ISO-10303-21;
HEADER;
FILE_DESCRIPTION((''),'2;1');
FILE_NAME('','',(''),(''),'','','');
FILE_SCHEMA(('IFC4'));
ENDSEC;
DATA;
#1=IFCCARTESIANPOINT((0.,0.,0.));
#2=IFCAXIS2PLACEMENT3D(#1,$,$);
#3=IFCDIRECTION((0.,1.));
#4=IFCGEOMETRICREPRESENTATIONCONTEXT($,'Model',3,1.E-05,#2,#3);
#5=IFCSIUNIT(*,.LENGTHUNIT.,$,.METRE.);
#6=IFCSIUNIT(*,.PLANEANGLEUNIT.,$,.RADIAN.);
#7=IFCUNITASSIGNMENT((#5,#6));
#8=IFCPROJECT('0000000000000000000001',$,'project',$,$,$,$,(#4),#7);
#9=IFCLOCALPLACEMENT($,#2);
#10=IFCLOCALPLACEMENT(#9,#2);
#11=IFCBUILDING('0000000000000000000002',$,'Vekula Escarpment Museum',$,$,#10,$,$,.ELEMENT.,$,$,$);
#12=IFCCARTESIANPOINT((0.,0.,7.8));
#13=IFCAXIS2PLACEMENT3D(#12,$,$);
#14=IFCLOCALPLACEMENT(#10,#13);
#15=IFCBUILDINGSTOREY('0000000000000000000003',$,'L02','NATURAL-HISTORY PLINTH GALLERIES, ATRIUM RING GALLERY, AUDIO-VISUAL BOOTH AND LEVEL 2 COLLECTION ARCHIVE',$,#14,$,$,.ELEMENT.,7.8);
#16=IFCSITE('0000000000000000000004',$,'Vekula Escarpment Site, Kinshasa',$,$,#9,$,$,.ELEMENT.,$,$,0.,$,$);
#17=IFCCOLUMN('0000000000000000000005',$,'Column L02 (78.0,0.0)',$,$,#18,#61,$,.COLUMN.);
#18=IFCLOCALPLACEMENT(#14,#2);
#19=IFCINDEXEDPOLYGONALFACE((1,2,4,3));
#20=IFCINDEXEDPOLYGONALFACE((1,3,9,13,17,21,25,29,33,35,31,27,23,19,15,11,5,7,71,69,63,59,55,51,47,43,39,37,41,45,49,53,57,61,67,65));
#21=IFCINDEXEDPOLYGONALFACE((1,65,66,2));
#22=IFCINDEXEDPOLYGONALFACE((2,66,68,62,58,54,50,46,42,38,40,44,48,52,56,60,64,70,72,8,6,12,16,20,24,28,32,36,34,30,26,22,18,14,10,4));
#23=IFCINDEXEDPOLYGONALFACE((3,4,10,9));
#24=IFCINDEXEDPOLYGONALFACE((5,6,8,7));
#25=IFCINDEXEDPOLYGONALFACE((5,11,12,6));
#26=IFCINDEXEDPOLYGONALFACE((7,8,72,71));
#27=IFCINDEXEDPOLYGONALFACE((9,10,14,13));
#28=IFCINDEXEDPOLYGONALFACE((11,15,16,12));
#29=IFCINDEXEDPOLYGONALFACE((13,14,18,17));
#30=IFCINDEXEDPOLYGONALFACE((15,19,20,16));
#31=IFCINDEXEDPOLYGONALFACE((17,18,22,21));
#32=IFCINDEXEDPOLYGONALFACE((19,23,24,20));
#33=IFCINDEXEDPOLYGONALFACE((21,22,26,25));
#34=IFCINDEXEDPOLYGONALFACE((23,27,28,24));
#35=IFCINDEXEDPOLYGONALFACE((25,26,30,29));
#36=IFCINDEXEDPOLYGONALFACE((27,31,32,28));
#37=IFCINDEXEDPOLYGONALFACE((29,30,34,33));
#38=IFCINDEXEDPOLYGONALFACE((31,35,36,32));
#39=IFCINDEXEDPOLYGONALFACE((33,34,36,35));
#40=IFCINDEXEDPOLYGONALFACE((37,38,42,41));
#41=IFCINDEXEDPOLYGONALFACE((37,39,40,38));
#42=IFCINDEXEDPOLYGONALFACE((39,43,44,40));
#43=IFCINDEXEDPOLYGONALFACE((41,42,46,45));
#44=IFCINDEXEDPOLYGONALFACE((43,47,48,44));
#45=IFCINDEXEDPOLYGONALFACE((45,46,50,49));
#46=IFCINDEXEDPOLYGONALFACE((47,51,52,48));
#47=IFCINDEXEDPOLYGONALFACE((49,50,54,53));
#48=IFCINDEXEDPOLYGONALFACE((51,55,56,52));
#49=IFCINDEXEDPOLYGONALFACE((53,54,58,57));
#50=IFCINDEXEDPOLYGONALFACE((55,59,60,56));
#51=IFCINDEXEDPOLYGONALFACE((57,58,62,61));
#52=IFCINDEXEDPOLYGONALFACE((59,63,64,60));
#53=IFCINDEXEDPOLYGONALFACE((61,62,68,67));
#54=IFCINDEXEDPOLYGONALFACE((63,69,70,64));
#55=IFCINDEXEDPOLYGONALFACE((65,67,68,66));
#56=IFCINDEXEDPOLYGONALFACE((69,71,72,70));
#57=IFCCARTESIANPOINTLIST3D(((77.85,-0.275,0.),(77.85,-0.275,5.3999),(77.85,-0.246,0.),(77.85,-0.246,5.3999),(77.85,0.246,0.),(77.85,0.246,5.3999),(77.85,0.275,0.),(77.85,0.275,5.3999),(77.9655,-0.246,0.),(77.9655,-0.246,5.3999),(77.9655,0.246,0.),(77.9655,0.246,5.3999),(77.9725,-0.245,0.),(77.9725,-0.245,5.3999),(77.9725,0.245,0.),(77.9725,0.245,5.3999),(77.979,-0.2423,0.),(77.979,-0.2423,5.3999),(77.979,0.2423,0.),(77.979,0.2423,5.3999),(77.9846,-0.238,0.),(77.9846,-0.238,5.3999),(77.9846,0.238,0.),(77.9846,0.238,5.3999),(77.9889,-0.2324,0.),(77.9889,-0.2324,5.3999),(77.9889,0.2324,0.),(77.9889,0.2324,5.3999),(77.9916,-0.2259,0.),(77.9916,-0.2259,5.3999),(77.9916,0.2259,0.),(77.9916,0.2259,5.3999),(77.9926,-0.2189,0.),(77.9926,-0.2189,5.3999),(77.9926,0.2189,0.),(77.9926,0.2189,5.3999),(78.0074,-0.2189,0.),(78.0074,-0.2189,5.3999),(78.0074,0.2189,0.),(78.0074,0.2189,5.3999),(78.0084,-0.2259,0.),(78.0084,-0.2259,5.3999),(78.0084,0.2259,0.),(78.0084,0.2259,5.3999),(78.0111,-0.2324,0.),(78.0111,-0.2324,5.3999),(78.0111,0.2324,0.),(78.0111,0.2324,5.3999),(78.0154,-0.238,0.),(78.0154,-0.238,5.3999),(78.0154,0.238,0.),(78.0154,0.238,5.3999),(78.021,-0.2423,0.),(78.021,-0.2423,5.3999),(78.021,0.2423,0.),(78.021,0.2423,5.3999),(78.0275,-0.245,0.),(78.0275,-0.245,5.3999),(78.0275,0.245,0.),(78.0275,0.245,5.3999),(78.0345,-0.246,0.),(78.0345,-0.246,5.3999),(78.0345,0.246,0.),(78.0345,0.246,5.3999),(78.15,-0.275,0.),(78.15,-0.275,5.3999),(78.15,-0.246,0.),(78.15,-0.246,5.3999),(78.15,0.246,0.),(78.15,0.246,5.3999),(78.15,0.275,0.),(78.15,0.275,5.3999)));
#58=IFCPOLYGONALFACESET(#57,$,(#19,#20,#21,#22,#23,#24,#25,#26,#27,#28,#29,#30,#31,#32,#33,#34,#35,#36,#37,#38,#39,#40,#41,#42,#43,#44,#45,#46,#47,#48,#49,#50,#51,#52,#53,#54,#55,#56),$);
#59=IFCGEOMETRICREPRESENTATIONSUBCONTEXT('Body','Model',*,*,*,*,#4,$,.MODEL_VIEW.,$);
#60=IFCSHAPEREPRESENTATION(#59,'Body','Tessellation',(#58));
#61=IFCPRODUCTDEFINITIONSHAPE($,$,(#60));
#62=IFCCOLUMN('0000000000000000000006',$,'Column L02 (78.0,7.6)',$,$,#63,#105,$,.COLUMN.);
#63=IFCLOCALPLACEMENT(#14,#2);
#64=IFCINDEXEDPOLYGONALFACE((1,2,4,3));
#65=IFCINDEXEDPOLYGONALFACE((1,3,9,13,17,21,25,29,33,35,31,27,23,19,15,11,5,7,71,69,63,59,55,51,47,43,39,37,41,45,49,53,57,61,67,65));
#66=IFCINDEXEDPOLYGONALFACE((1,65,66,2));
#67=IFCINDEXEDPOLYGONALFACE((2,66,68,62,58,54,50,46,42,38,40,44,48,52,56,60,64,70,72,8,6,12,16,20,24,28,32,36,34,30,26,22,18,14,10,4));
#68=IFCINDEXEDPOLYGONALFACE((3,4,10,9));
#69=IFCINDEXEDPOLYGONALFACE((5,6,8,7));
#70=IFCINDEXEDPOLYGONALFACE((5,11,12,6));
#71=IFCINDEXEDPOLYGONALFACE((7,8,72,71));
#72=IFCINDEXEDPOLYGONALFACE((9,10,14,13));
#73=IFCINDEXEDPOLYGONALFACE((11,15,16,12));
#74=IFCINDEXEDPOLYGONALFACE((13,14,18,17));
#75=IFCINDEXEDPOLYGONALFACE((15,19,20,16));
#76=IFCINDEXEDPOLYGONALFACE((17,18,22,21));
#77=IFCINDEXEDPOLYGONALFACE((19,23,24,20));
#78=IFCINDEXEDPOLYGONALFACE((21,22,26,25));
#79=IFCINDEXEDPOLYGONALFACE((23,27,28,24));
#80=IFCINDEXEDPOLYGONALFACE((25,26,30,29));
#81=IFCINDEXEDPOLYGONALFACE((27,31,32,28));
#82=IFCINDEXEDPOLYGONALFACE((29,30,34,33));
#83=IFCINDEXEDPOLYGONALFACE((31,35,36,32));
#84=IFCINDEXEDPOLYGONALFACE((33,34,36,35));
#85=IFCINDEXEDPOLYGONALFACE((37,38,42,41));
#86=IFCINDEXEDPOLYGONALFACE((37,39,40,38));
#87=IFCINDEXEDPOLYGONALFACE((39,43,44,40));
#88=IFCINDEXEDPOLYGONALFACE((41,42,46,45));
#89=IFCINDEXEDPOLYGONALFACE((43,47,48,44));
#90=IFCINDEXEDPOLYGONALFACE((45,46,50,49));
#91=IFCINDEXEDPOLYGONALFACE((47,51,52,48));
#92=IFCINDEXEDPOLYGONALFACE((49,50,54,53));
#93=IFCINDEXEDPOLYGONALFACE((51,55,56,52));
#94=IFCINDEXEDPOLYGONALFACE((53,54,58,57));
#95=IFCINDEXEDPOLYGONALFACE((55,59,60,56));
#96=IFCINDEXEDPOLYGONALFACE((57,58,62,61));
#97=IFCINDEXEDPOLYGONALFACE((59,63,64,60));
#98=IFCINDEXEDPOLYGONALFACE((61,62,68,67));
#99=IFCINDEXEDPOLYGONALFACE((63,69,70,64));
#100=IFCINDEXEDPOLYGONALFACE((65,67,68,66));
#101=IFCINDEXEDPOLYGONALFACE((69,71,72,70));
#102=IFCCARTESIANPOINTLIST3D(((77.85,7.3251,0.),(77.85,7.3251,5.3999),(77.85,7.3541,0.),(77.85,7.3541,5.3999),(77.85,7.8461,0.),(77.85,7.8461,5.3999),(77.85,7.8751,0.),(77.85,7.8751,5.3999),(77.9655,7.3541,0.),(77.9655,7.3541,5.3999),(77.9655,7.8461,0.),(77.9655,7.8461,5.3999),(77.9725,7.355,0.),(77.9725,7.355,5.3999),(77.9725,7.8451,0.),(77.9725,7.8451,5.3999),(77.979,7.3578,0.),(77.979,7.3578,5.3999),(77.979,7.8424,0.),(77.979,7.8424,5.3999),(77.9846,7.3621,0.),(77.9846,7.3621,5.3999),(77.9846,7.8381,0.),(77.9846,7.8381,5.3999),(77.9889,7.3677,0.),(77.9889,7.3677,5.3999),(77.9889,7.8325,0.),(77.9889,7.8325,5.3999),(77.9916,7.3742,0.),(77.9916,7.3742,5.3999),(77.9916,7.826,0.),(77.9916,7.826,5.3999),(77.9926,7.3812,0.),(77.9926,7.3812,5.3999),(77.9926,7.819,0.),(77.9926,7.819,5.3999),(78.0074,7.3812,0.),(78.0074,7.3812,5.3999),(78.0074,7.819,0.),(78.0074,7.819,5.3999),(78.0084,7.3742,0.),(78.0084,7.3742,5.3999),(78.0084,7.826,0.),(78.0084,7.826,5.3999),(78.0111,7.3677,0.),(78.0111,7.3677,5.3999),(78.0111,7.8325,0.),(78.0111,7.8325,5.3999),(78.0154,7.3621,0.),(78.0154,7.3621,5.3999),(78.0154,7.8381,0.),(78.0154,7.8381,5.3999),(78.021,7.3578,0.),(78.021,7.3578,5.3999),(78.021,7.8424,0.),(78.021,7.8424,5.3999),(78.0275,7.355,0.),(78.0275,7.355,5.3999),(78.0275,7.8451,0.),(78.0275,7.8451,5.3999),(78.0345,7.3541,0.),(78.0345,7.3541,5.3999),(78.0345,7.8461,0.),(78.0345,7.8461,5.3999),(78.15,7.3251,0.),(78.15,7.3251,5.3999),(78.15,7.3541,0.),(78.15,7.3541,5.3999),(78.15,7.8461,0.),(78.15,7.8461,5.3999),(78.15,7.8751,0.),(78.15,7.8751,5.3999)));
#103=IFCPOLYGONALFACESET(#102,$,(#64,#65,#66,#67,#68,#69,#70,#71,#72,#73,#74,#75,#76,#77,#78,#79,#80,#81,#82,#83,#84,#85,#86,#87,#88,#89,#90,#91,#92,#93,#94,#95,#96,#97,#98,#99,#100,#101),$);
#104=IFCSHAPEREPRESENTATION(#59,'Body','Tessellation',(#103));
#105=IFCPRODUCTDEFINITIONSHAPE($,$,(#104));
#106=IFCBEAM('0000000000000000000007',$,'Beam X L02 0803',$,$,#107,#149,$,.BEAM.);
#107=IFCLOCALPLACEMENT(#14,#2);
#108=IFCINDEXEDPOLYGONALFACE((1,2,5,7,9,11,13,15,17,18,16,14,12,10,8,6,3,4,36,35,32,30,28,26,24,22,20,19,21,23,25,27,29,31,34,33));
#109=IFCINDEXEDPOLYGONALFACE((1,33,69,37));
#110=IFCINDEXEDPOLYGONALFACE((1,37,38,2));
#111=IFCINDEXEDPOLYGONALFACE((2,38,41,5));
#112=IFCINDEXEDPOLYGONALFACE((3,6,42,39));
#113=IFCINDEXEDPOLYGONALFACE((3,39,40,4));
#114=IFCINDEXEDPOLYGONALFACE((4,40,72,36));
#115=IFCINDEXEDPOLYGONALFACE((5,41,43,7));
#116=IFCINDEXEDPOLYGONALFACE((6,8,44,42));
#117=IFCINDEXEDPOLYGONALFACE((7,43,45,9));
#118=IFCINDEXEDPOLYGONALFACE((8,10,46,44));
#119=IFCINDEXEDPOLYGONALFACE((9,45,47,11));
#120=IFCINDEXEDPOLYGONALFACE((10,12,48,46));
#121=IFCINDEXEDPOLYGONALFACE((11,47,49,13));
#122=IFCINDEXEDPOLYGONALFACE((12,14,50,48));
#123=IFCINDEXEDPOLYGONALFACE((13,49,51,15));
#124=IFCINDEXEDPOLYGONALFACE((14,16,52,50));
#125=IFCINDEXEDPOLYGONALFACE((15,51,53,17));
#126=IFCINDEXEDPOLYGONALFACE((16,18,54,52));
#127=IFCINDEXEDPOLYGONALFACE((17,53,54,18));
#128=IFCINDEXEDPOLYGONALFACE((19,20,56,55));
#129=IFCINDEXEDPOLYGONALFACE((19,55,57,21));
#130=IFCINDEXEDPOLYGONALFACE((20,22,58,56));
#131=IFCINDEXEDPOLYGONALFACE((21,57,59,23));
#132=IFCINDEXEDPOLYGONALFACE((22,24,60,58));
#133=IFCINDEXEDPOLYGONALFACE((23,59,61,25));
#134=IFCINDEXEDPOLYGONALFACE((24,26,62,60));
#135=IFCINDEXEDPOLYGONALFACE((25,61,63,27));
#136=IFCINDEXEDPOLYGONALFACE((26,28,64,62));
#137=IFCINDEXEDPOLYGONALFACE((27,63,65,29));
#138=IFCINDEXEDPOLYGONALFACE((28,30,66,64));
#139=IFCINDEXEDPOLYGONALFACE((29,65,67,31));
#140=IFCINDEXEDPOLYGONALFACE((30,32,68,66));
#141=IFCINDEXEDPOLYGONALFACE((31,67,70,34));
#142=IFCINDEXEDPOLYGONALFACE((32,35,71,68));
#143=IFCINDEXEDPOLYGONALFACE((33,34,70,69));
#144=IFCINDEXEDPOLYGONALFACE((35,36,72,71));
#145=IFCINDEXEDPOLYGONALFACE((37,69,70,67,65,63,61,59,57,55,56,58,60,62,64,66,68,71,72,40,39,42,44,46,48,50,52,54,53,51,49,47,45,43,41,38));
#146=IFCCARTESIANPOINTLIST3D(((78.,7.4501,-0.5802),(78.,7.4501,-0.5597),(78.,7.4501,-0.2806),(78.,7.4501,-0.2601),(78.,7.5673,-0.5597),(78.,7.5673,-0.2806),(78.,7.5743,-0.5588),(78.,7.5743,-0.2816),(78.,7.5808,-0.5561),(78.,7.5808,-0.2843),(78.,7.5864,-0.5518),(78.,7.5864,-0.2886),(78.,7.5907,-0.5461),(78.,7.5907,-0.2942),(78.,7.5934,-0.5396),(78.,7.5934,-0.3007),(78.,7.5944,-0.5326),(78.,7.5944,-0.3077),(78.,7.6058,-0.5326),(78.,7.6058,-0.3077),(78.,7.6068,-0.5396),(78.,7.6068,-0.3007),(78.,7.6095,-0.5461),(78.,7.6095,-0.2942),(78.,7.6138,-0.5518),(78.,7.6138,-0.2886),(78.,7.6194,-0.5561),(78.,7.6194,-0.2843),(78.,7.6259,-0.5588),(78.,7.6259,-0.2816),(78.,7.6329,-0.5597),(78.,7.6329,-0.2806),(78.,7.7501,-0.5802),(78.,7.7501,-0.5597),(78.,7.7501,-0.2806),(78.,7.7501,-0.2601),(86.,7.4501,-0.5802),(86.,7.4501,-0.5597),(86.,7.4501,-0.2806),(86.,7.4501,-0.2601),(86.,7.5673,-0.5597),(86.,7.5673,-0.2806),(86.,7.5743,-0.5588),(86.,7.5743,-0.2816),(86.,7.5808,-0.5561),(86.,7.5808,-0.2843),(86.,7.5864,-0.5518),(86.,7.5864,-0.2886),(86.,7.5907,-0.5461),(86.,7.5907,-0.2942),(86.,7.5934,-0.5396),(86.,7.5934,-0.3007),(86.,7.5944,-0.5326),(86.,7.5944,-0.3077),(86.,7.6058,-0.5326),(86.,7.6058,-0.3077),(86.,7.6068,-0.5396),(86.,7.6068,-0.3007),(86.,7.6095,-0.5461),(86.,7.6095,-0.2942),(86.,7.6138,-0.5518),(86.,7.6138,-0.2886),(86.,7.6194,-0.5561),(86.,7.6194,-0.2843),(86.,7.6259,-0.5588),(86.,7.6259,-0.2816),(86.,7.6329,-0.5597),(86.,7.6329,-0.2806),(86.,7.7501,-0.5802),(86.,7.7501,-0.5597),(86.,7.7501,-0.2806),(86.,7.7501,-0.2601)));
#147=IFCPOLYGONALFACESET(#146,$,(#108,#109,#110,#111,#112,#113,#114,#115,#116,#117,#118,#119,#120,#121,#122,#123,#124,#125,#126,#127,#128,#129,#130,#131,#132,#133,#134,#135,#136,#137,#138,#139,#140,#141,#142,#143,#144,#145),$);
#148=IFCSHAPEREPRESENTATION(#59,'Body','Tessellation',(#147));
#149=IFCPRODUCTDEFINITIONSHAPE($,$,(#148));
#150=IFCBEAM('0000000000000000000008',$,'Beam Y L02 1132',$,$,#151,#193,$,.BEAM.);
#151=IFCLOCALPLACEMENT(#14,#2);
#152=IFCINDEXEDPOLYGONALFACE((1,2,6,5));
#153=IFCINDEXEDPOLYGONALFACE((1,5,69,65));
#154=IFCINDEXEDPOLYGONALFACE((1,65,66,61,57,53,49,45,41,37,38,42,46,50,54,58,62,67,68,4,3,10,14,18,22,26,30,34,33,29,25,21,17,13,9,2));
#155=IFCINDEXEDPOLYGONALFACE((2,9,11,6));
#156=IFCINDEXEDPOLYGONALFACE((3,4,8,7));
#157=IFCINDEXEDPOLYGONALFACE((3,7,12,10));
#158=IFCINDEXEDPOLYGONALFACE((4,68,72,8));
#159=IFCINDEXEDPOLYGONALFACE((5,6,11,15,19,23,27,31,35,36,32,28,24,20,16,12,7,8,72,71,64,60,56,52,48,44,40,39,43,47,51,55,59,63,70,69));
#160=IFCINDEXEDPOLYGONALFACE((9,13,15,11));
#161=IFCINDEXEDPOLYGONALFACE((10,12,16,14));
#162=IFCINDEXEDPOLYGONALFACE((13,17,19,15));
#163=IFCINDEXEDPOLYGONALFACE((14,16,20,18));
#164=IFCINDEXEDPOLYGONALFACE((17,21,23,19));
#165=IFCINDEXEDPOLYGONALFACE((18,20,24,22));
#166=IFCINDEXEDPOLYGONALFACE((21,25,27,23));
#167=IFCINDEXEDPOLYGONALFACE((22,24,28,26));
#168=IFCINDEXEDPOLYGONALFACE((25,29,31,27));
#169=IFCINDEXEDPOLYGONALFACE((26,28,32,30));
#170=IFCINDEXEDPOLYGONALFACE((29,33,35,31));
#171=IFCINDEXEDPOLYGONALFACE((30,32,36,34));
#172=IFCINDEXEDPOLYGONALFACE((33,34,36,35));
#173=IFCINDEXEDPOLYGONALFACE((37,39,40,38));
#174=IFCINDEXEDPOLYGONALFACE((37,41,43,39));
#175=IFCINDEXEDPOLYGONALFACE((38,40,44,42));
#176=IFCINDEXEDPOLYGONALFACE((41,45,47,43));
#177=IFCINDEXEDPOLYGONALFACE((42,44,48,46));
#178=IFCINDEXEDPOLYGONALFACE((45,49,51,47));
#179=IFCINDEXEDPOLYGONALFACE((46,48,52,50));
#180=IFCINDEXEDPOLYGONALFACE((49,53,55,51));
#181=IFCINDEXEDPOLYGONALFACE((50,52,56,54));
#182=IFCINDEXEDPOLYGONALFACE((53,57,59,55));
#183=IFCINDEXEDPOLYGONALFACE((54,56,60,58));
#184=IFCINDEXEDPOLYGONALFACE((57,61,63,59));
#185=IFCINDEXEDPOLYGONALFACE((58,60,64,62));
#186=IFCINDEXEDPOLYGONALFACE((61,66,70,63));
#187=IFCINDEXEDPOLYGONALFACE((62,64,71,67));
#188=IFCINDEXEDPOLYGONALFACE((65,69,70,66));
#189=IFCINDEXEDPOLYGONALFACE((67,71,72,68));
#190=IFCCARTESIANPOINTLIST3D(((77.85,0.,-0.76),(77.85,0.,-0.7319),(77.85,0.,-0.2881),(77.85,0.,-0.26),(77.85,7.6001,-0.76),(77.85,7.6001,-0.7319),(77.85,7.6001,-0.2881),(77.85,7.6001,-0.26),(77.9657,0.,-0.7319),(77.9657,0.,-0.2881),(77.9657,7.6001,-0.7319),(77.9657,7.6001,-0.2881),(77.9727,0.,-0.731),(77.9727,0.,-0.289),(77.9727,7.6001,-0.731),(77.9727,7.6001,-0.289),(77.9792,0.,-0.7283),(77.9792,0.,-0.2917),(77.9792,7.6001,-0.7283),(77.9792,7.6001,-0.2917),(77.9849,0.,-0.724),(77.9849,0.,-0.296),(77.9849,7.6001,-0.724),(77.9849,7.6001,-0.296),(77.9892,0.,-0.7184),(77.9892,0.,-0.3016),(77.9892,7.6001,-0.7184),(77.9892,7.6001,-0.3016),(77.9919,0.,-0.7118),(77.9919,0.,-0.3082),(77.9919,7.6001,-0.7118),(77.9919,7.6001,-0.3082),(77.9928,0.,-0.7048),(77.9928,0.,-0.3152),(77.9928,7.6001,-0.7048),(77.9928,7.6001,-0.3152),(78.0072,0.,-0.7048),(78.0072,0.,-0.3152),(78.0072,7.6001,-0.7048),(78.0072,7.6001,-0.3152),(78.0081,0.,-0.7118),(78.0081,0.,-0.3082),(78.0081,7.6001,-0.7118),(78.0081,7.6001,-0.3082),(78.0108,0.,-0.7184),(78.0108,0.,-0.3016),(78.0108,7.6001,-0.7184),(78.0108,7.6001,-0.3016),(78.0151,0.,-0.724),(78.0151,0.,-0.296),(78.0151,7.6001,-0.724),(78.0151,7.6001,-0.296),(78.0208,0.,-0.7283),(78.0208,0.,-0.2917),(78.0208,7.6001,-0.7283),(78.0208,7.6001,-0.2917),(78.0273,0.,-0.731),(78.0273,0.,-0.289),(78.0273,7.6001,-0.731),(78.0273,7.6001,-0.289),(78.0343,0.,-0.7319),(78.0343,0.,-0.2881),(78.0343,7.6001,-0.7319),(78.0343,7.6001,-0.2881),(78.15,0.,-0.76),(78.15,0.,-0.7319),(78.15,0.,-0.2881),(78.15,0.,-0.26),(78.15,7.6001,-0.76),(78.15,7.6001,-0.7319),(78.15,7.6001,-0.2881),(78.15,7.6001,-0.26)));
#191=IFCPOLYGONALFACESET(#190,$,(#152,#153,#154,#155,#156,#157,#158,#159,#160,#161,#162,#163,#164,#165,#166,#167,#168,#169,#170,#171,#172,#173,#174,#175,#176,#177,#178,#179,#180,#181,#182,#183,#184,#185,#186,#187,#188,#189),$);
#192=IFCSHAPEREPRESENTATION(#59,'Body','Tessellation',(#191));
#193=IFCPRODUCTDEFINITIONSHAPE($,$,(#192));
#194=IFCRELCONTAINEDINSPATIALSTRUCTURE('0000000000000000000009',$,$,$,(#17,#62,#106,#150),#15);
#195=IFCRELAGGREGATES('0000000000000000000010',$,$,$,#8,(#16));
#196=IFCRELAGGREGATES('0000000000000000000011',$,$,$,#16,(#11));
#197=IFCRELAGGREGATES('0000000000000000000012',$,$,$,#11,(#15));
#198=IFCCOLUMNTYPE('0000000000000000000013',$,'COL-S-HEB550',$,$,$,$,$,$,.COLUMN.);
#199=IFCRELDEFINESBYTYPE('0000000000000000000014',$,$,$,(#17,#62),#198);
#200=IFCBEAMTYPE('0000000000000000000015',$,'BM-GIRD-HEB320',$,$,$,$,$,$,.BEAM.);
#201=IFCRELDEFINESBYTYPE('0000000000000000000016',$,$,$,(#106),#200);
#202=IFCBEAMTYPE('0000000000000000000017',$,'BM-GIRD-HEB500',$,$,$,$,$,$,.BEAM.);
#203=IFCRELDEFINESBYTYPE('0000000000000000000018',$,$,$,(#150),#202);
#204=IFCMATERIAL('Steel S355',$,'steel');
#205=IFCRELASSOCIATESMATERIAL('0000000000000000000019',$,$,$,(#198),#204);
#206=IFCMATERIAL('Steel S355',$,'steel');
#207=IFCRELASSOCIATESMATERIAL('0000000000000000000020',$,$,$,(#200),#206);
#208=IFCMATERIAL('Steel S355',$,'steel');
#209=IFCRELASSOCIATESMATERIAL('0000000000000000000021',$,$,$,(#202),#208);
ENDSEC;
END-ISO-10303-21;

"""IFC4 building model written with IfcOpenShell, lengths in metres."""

from ifc_helpers import new_model, si_unit, direction, frame, origin, origin_2d, place, context, subcontext, project, spatial, i_section, extrude, material, material_profile, profile_set, type_object, element, save


model = new_model("IFC4")

# Units and contexts
model_context = context("Model", 3, precision=1e-05, world=origin(), true_north=direction((0.0, 1.0)))
body_context = subcontext(model_context, "Body", "Model", "MODEL_VIEW")
ifc_project = project(units=[si_unit("LENGTHUNIT", "METRE"), si_unit("PLANEANGLEUNIT", "RADIAN")], contexts=[model_context])

# Site, building, storey
site_placement = place(None, origin())
site = spatial("IfcSite", under=ifc_project, at=site_placement, Name="Vekula Escarpment Site, Kinshasa", CompositionType="ELEMENT", RefElevation=0.0)
building_placement = place(site_placement, origin())
building = spatial("IfcBuilding", under=site, at=building_placement, Name="Vekula Escarpment Museum", CompositionType="ELEMENT")
storey_placement = place(building_placement, frame((0.0, 0.0, 7.8)))
storey = spatial("IfcBuildingStorey", under=building, at=storey_placement, Name="L02", Description="NATURAL-HISTORY PLINTH GALLERIES, ATRIUM RING GALLERY, AUDIO-VISUAL BOOTH AND LEVEL 2 COLLECTION ARCHIVE", CompositionType="ELEMENT", Elevation=7.8)

# Columns
ifc_material_1 = material(Name="Steel S355", Category="steel")
ifc_material_profile_1 = material_profile(ifc_material_1, i_section(OverallWidth=0.3, OverallDepth=0.55, WebThickness=0.0149, FlangeThickness=0.0291, FilletRadius=0.0271, at=origin_2d()), Name="HEB 550")
ifc_profile_set_1 = profile_set([ifc_material_profile_1], Name="Steel S355")
column_type = type_object("IfcColumnType", Name="COL-S-HEB550", PredefinedType="COLUMN", material=ifc_profile_set_1)
for number, where, z_axis, x_axis, name in (
    (1, (78.0, 0.0, 0.0), (0.0, 0.0, 1.0), (1.0, 0.0, 0.0), "Column L02 (78.0,0.0)"),
    (2, (78.0, 7.6001, 0.0), (0.0, 0.0, 1.0), (1.0, 0.0, 0.0), "Column L02 (78.0,7.6)"),
):
    element("IfcColumn", number, at=place(storey_placement, frame(where, z_axis=z_axis, x_axis=x_axis)), inside=storey, type_object=column_type, Name=name, PredefinedType="COLUMN", context=body_context, shape_type="SweptSolid", body=[
        extrude(i_section(OverallWidth=0.3, OverallDepth=0.55, WebThickness=0.0149, FlangeThickness=0.0291, FilletRadius=0.0271, at=origin_2d()), origin(), (0.0, 0.0, 1.0), 5.3999),
    ])

# Beams
ifc_material_2 = material(Name="Steel S355", Category="steel")
ifc_material_profile_2 = material_profile(ifc_material_2, i_section(OverallWidth=0.3, OverallDepth=0.3201, WebThickness=0.0115, FlangeThickness=0.0205, FilletRadius=0.0271, at=origin_2d()), Name="HEB 320")
ifc_profile_set_2 = profile_set([ifc_material_profile_2], Name="Steel S355")
beam_type_1 = type_object("IfcBeamType", Name="BM-GIRD-HEB320", PredefinedType="BEAM", material=ifc_profile_set_2)
beam_1_placement = place(storey_placement, frame((78.0, 7.6001, -0.4202), z_axis=(1.0, 0.0, 0.0), x_axis=(0.0, 1.0, 0.0)))
element("IfcBeam", 3, at=beam_1_placement, inside=storey, type_object=beam_type_1, Name="Beam X L02 0803", PredefinedType="BEAM", context=body_context, shape_type="SweptSolid", body=[
    extrude(i_section(OverallWidth=0.3, OverallDepth=0.3201, WebThickness=0.0115, FlangeThickness=0.0205, FilletRadius=0.0271, at=origin_2d()), origin(), (0.0, 0.0, 1.0), 8.0),
])
ifc_material_3 = material(Name="Steel S355", Category="steel")
ifc_material_profile_3 = material_profile(ifc_material_3, i_section(OverallWidth=0.3, OverallDepth=0.5, WebThickness=0.0144, FlangeThickness=0.0281, FilletRadius=0.0271, at=origin_2d()), Name="HEB 500")
ifc_profile_set_3 = profile_set([ifc_material_profile_3], Name="Steel S355")
beam_type_2 = type_object("IfcBeamType", Name="BM-GIRD-HEB500", PredefinedType="BEAM", material=ifc_profile_set_3)
beam_2_placement = place(storey_placement, frame((78.0, 0.0, -0.51), z_axis=(0.0, 1.0, 0.0), x_axis=(-1.0, 0.0, 0.0)))
element("IfcBeam", 4, at=beam_2_placement, inside=storey, type_object=beam_type_2, Name="Beam Y L02 1132", PredefinedType="BEAM", context=body_context, shape_type="SweptSolid", body=[
    extrude(i_section(OverallWidth=0.3, OverallDepth=0.5, WebThickness=0.0144, FlangeThickness=0.0281, FilletRadius=0.0271, at=origin_2d()), origin(), (0.0, 0.0, 1.0), 7.6001),
])

save(model, "model.ifc")
